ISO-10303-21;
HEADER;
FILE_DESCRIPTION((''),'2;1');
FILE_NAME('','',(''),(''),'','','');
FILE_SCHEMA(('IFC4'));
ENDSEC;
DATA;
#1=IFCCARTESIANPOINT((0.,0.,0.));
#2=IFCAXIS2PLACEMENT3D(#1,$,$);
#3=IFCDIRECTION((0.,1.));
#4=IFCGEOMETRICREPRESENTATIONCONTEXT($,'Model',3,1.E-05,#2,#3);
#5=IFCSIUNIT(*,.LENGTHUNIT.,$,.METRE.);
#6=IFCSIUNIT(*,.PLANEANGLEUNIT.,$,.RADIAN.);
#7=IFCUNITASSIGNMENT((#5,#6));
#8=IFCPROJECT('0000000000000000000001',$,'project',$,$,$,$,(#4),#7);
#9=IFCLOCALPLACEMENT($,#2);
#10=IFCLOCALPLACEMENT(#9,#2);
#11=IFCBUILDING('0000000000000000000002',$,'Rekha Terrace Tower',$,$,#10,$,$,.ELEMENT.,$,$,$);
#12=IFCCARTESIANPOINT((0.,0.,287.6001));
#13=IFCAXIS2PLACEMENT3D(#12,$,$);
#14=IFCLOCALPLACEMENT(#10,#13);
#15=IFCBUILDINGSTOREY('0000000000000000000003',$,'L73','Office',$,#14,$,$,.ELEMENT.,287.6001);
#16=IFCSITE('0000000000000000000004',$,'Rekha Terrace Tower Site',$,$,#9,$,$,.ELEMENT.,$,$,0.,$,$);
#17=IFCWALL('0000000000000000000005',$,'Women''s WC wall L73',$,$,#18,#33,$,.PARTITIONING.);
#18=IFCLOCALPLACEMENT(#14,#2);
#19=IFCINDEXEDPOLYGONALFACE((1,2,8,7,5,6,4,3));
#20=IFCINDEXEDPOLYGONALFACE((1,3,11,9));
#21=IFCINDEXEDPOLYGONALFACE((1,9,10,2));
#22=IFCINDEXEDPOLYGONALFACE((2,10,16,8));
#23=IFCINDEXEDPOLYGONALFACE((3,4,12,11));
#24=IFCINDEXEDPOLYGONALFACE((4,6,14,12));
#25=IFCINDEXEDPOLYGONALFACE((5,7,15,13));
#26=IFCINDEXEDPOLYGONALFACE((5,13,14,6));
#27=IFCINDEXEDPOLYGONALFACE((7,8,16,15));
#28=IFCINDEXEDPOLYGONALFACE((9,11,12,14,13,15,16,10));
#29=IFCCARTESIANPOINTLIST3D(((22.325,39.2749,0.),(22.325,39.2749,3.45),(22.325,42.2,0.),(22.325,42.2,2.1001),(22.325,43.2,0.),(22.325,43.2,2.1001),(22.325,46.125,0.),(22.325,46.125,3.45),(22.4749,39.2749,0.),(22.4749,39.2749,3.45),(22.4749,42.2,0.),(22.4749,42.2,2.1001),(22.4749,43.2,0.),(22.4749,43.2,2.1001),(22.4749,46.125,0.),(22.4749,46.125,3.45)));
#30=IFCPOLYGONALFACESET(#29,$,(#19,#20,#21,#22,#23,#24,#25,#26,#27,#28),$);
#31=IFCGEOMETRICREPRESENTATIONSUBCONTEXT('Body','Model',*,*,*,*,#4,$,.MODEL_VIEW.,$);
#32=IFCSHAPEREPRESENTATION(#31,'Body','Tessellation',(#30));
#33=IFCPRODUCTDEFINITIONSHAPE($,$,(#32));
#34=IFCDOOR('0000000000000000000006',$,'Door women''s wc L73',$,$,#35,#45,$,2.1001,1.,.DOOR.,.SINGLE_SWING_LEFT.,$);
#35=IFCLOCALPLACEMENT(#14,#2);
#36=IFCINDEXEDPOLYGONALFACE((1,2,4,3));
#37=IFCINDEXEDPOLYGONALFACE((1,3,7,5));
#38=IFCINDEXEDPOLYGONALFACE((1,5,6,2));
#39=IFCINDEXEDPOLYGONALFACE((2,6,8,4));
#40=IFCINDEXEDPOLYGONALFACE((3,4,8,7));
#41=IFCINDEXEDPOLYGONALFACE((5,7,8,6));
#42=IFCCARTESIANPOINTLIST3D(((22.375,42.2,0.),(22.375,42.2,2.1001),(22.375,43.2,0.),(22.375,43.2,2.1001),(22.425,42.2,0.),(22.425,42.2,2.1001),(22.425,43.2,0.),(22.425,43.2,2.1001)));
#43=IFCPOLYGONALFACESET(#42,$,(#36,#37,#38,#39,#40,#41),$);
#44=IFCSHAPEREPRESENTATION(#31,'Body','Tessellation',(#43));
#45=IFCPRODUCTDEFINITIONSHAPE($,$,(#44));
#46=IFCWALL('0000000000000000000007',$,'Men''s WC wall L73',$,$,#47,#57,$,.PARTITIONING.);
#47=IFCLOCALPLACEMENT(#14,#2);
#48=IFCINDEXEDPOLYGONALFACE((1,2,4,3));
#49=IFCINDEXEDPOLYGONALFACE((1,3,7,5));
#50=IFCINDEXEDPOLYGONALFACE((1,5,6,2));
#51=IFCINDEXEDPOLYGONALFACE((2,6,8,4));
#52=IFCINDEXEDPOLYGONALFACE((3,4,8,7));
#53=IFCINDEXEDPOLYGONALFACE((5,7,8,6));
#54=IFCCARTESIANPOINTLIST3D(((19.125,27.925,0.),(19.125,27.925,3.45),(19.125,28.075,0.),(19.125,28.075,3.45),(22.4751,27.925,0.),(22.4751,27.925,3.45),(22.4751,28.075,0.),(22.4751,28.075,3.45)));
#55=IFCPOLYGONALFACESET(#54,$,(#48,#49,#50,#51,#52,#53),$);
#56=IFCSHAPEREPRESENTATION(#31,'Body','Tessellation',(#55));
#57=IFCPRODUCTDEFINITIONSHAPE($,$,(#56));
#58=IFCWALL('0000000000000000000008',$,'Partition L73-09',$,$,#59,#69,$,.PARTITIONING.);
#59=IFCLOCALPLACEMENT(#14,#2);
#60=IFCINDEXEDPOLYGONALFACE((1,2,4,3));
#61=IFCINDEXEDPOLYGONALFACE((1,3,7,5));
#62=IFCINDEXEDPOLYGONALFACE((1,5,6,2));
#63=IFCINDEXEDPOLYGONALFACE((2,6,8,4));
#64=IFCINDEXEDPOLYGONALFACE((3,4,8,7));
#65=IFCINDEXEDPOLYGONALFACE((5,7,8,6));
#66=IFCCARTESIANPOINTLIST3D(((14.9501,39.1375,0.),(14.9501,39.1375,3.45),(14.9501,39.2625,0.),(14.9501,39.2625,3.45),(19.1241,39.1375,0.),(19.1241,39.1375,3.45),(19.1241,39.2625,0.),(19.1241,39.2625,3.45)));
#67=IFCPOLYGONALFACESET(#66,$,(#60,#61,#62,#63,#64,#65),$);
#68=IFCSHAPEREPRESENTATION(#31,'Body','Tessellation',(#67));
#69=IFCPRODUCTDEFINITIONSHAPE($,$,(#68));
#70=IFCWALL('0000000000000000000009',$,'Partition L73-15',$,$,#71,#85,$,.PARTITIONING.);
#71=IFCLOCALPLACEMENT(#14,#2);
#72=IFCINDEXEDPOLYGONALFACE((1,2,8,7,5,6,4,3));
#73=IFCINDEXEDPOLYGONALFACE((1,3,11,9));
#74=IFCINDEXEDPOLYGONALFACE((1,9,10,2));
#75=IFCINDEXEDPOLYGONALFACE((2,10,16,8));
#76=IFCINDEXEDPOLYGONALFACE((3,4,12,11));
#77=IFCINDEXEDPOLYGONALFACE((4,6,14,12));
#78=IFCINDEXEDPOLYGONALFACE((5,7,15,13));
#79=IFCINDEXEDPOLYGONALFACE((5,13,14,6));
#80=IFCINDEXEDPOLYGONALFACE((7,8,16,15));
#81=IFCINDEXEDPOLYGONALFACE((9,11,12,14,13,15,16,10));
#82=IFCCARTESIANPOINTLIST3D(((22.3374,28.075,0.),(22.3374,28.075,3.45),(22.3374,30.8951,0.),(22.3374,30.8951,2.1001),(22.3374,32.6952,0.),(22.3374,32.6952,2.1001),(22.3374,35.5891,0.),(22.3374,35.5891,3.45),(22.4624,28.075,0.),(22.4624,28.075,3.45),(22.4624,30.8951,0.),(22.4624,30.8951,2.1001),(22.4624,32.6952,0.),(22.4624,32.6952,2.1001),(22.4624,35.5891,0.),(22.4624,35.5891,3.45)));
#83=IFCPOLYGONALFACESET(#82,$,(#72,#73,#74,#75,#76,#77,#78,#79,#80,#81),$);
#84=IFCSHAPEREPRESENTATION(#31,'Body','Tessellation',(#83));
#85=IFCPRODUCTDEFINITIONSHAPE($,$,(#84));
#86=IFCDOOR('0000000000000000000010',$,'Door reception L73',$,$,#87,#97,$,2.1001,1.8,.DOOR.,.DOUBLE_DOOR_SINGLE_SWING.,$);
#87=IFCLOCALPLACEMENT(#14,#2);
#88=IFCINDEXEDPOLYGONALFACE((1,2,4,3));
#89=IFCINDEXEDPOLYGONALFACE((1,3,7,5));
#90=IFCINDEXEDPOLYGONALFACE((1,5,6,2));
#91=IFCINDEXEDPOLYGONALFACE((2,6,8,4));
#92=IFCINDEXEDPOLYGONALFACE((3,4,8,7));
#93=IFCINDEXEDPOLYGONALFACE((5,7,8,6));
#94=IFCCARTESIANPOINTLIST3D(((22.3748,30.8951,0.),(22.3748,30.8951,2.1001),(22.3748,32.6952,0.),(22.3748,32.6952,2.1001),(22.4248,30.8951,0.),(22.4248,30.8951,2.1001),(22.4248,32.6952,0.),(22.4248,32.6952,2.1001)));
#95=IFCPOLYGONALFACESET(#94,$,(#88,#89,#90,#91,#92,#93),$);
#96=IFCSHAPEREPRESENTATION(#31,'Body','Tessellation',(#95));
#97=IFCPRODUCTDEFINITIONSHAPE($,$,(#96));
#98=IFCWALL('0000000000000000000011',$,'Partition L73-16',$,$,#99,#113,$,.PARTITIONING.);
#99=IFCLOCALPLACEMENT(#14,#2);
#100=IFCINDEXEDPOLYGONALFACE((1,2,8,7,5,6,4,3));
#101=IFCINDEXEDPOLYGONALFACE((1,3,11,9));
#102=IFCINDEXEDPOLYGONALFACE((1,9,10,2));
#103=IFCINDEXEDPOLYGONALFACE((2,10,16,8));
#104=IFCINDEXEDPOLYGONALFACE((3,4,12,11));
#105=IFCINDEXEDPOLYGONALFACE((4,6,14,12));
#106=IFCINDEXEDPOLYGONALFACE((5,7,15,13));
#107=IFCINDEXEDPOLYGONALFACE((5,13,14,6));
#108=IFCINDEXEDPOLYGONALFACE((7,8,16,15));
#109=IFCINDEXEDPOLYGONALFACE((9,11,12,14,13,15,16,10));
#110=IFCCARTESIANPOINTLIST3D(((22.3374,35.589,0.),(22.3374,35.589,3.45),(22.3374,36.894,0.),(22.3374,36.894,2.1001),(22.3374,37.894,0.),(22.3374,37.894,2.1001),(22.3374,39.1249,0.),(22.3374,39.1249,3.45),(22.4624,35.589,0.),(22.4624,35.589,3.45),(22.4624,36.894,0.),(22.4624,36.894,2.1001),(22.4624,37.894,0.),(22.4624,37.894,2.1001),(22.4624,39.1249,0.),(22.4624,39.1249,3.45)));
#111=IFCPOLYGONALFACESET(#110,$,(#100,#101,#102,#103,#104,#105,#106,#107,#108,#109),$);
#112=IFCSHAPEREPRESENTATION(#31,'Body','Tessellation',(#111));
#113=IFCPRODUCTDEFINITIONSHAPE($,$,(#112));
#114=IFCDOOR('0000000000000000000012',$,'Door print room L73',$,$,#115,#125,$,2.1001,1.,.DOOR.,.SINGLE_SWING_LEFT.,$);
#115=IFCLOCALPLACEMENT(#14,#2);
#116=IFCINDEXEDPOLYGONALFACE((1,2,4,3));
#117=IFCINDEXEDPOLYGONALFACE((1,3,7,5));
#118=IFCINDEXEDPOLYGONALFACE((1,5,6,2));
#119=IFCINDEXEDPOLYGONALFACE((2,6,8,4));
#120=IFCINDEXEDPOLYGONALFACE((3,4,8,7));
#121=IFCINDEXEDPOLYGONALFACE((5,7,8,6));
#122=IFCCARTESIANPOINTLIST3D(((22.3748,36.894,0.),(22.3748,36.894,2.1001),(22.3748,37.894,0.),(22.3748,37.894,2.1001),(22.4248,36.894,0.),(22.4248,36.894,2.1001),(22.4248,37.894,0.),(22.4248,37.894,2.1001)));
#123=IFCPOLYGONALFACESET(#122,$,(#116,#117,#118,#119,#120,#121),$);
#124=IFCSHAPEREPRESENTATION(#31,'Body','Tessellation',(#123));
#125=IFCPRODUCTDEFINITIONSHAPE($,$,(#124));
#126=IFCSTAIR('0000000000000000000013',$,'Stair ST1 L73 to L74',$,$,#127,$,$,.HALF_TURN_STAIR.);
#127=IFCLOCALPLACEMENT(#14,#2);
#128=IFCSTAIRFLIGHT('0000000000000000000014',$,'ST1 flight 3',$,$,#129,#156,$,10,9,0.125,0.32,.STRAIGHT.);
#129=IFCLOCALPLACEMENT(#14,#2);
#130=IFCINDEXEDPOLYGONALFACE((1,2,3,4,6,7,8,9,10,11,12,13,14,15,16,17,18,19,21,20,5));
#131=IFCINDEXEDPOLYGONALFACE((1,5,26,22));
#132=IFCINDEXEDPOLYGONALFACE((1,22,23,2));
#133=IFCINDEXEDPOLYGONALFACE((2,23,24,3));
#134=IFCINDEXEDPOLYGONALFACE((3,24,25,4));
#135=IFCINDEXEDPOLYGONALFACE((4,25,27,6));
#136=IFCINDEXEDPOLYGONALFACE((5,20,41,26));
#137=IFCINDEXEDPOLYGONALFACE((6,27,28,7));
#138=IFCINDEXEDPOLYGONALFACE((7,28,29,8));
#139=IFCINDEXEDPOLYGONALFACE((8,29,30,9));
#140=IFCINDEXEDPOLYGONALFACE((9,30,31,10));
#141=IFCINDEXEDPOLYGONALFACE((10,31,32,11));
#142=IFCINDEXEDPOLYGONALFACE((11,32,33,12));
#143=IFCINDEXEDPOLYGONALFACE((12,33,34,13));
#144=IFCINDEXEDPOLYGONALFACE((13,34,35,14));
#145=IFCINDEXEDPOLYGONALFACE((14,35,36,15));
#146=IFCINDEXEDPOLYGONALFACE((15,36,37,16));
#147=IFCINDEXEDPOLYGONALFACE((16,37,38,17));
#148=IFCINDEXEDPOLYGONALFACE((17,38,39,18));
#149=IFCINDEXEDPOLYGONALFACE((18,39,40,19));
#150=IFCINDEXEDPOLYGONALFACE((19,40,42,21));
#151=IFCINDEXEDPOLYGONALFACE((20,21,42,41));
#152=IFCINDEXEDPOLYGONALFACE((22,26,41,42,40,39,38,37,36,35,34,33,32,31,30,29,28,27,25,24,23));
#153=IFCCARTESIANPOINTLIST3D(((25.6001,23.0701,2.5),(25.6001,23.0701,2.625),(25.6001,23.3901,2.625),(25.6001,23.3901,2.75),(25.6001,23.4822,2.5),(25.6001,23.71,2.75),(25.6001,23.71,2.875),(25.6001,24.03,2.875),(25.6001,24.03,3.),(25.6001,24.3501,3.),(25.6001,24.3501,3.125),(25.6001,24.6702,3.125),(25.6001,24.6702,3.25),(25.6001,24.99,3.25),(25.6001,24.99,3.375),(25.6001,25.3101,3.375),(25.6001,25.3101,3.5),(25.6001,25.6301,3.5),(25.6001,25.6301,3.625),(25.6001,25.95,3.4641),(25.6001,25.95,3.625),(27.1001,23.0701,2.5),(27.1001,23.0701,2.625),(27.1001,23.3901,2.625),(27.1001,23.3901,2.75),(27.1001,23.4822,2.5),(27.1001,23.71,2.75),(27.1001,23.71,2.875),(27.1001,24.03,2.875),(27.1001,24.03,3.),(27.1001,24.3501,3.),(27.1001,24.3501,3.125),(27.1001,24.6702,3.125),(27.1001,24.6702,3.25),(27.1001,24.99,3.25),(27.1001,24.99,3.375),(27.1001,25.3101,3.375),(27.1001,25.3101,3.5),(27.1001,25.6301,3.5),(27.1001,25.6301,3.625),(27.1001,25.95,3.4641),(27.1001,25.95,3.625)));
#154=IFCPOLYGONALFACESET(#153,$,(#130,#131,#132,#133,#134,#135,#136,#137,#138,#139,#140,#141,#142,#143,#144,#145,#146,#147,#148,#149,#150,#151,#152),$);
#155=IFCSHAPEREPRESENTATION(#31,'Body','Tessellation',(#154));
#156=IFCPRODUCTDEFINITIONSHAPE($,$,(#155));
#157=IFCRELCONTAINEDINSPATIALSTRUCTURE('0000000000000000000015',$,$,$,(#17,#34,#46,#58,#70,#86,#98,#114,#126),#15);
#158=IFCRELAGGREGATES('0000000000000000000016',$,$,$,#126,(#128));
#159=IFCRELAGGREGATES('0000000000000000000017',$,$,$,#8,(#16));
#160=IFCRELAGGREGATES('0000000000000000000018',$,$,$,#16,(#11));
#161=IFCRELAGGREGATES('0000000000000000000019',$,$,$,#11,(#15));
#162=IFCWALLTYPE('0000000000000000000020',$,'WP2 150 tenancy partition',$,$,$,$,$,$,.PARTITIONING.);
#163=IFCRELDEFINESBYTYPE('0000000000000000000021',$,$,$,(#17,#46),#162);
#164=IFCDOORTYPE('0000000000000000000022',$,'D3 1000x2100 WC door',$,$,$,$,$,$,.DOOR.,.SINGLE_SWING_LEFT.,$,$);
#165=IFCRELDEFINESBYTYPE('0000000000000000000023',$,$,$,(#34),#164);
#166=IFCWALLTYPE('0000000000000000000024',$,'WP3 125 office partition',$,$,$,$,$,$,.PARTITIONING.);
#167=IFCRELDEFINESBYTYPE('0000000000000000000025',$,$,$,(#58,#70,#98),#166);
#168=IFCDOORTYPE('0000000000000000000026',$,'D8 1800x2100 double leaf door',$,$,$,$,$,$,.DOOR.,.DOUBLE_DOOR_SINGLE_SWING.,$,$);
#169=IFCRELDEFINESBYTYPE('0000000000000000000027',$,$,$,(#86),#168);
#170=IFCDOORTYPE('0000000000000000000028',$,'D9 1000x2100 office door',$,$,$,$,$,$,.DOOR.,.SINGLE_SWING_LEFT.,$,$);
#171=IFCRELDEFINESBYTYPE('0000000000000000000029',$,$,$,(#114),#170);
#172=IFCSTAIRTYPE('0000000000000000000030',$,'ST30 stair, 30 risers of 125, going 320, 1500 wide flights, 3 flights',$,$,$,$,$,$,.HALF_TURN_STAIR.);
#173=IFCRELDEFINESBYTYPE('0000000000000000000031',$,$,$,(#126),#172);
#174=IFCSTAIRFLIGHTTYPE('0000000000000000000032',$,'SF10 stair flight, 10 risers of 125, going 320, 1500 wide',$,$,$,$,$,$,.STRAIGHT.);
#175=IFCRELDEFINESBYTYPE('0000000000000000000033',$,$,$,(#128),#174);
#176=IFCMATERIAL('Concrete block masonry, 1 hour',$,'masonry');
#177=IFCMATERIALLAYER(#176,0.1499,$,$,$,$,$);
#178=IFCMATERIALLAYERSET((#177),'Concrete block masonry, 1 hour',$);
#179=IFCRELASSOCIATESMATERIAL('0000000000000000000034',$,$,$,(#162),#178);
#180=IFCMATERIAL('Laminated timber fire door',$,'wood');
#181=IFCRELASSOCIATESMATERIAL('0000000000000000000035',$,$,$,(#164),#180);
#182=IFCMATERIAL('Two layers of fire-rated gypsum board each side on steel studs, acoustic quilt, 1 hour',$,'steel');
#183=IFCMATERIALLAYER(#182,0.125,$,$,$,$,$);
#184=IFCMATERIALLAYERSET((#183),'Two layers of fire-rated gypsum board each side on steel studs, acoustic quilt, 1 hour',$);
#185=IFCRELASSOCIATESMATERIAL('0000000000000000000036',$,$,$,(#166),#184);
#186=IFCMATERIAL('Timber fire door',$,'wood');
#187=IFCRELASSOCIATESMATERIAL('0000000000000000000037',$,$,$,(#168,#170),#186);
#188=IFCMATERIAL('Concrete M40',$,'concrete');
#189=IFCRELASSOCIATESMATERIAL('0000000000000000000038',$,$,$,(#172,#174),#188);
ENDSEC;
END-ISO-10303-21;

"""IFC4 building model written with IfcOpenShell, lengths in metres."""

from ifc_helpers import new_model, si_unit, direction, frame, frame_2d, origin, place, context, subcontext, project, spatial, polyline, rectangle, outline, extrude, material, layer, layer_set, type_object, element, fill, aggregate, save


model = new_model("IFC4")

# Units and contexts
model_context = context("Model", 3, precision=1e-05, world=origin(), true_north=direction((0.0, 1.0)))
body_context = subcontext(model_context, "Body", "Model", "MODEL_VIEW")
ifc_project = project(units=[si_unit("LENGTHUNIT", "METRE"), si_unit("PLANEANGLEUNIT", "RADIAN")], contexts=[model_context])

# Site, building, storey
site_placement = place(None, origin())
site = spatial("IfcSite", under=ifc_project, at=site_placement, Name="Rekha Terrace Tower Site", CompositionType="ELEMENT", RefElevation=0.0)
building_placement = place(site_placement, origin())
building = spatial("IfcBuilding", under=site, at=building_placement, Name="Rekha Terrace Tower", CompositionType="ELEMENT")
storey_placement = place(building_placement, frame((0.0, 0.0, 287.6001)))
storey = spatial("IfcBuildingStorey", under=building, at=storey_placement, Name="L73", Description="Office", CompositionType="ELEMENT", Elevation=287.6001)

# Shared definitions
ifc_material_1 = material(Name="Concrete block masonry, 1 hour", Category="masonry")
ifc_layer_1 = layer(ifc_material_1, 0.1499)
ifc_layer_set_1 = layer_set([ifc_layer_1], Name="Concrete block masonry, 1 hour")
wall_type_1 = type_object("IfcWallType", Name="WP2 150 tenancy partition", PredefinedType="PARTITIONING", material=ifc_layer_set_1)

# Wall, opening, door
wall_1_placement = place(storey_placement, frame((22.3999, 39.2749, 0.0), z_axis=(0.0, 0.0, 1.0), x_axis=(0.0, 1.0, 0.0)))
wall_1 = element("IfcWall", 1, at=wall_1_placement, inside=storey, type_object=wall_type_1, Name="Women's WC wall L73", PredefinedType="PARTITIONING", context=body_context, shape_type="SweptSolid", body=[
    extrude(rectangle(XDim=6.8501, YDim=0.1499, at=frame_2d((3.425, 0.0))), origin(), (0.0, 0.0, 1.0), 3.45),
])
opening_1_placement = place(wall_1_placement, frame((2.925, 0.0, 0.0)))
opening_1 = element("IfcOpeningElement", 2, at=opening_1_placement, cuts=wall_1, PredefinedType="OPENING", context=body_context, shape_type="SweptSolid", body=[
    extrude(rectangle(XDim=1.0, YDim=2.1001, at=frame_2d((0.5, 1.05))), frame((0.0, 0.085, 0.0), z_axis=(0.0, -1.0, 0.0), x_axis=(1.0, 0.0, 0.0)), (0.0, 0.0, 1.0), 0.1699),
])
ifc_material_2 = material(Name="Laminated timber fire door", Category="wood")
door_type_1 = type_object("IfcDoorType", Name="D3 1000x2100 WC door", OperationType="SINGLE_SWING_LEFT", PredefinedType="DOOR", material=ifc_material_2)
door_1_placement = place(opening_1_placement, origin())
door_1 = element("IfcDoor", 3, at=door_1_placement, inside=storey, type_object=door_type_1, Name="Door women's wc L73", OperationType="SINGLE_SWING_LEFT", OverallHeight=2.1001, OverallWidth=1.0, PredefinedType="DOOR", context=body_context, shape_type="SweptSolid", body=[
    extrude(rectangle(XDim=1.0, YDim=2.1001, at=frame_2d((0.5, 1.05))), frame((0.0, 0.0249, 0.0), z_axis=(0.0, -1.0, 0.0), x_axis=(1.0, 0.0, 0.0)), (0.0, 0.0, 1.0), 0.05),
])
fill(opening_1, door_1)

# Walls
wall_2_placement = place(storey_placement, frame((19.125, 28.0, 0.0), z_axis=(0.0, 0.0, 1.0), x_axis=(1.0, 0.0, 0.0)))
element("IfcWall", 4, at=wall_2_placement, inside=storey, type_object=wall_type_1, Name="Men's WC wall L73", PredefinedType="PARTITIONING", context=body_context, shape_type="SweptSolid", body=[
    extrude(rectangle(XDim=3.3501, YDim=0.1499, at=frame_2d((1.675, 0.0))), origin(), (0.0, 0.0, 1.0), 3.45),
])
ifc_material_3 = material(Name="Two layers of fire-rated gypsum board each side on steel studs, acoustic quilt, 1 hour", Category="steel")
ifc_layer_2 = layer(ifc_material_3, 0.125)
ifc_layer_set_2 = layer_set([ifc_layer_2], Name="Two layers of fire-rated gypsum board each side on steel studs, acoustic quilt, 1 hour")
wall_type_2 = type_object("IfcWallType", Name="WP3 125 office partition", PredefinedType="PARTITIONING", material=ifc_layer_set_2)
wall_3_placement = place(storey_placement, frame((19.124, 39.2, 0.0), z_axis=(0.0, 0.0, 1.0), x_axis=(-1.0, 0.0, 0.0)))
element("IfcWall", 5, at=wall_3_placement, inside=storey, type_object=wall_type_2, Name="Partition L73-09", PredefinedType="PARTITIONING", context=body_context, shape_type="SweptSolid", body=[
    extrude(rectangle(XDim=4.1741, YDim=0.125, at=frame_2d((2.0869, 0.0))), origin(), (0.0, 0.0, 1.0), 3.45),
])

# Walls, openings, doors
wall_4_placement = place(storey_placement, frame((22.3999, 35.5891, 0.0), z_axis=(0.0, 0.0, 1.0), x_axis=(0.0, -1.0, 0.0)))
wall_4 = element("IfcWall", 6, at=wall_4_placement, inside=storey, type_object=wall_type_2, Name="Partition L73-15", PredefinedType="PARTITIONING", context=body_context, shape_type="SweptSolid", body=[
    extrude(rectangle(XDim=7.5142, YDim=0.125, at=frame_2d((3.7571, 0.0))), origin(), (0.0, 0.0, 1.0), 3.45),
])
opening_2_placement = place(wall_4_placement, frame((2.894, 0.0, 0.0)))
opening_2 = element("IfcOpeningElement", 7, at=opening_2_placement, cuts=wall_4, PredefinedType="OPENING", context=body_context, shape_type="SweptSolid", body=[
    extrude(rectangle(XDim=1.8, YDim=2.1001, at=frame_2d((0.8999, 1.05))), frame((0.0, 0.0725, 0.0), z_axis=(0.0, -1.0, 0.0), x_axis=(1.0, 0.0, 0.0)), (0.0, 0.0, 1.0), 0.145),
])
ifc_material_4 = material(Name="Timber fire door", Category="wood")
door_type_2 = type_object("IfcDoorType", Name="D8 1800x2100 double leaf door", OperationType="DOUBLE_DOOR_SINGLE_SWING", PredefinedType="DOOR", material=ifc_material_4)
door_2_placement = place(opening_2_placement, origin())
door_2 = element("IfcDoor", 8, at=door_2_placement, inside=storey, type_object=door_type_2, Name="Door reception L73", OperationType="DOUBLE_DOOR_SINGLE_SWING", OverallHeight=2.1001, OverallWidth=1.8, PredefinedType="DOOR", context=body_context, shape_type="SweptSolid", body=[
    extrude(rectangle(XDim=1.8, YDim=2.1001, at=frame_2d((0.8999, 1.05))), frame((0.0, 0.0249, 0.0), z_axis=(0.0, -1.0, 0.0), x_axis=(1.0, 0.0, 0.0)), (0.0, 0.0, 1.0), 0.05),
])
fill(opening_2, door_2)
wall_5_placement = place(storey_placement, frame((22.3999, 39.125, 0.0), z_axis=(0.0, 0.0, 1.0), x_axis=(0.0, -1.0, 0.0)))
wall_5 = element("IfcWall", 9, at=wall_5_placement, inside=storey, type_object=wall_type_2, Name="Partition L73-16", PredefinedType="PARTITIONING", context=body_context, shape_type="SweptSolid", body=[
    extrude(rectangle(XDim=3.5359, YDim=0.125, at=frame_2d((1.7681, 0.0))), origin(), (0.0, 0.0, 1.0), 3.45),
])
opening_3_placement = place(wall_5_placement, frame((1.231, 0.0, 0.0)))
opening_3 = element("IfcOpeningElement", 10, at=opening_3_placement, cuts=wall_5, PredefinedType="OPENING", context=body_context, shape_type="SweptSolid", body=[
    extrude(rectangle(XDim=1.0, YDim=2.1001, at=frame_2d((0.5, 1.05))), frame((0.0, 0.0725, 0.0), z_axis=(0.0, -1.0, 0.0), x_axis=(1.0, 0.0, 0.0)), (0.0, 0.0, 1.0), 0.145),
])
door_type_3 = type_object("IfcDoorType", Name="D9 1000x2100 office door", OperationType="SINGLE_SWING_LEFT", PredefinedType="DOOR", material=ifc_material_4)
door_3_placement = place(opening_3_placement, origin())
door_3 = element("IfcDoor", 11, at=door_3_placement, inside=storey, type_object=door_type_3, Name="Door print room L73", OperationType="SINGLE_SWING_LEFT", OverallHeight=2.1001, OverallWidth=1.0, PredefinedType="DOOR", context=body_context, shape_type="SweptSolid", body=[
    extrude(rectangle(XDim=1.0, YDim=2.1001, at=frame_2d((0.5, 1.05))), frame((0.0, 0.0249, 0.0), z_axis=(0.0, -1.0, 0.0), x_axis=(1.0, 0.0, 0.0)), (0.0, 0.0, 1.0), 0.05),
])
fill(opening_3, door_3)

# Stair, stair flight
ifc_material_5 = material(Name="Concrete M40", Category="concrete")
stair_type = type_object("IfcStairType", Name="ST30 stair, 30 risers of 125, going 320, 1500 wide flights, 3 flights", PredefinedType="HALF_TURN_STAIR", material=ifc_material_5)
stair_placement = place(storey_placement, origin())
stair = element("IfcStair", 12, at=stair_placement, inside=storey, type_object=stair_type, Name="Stair ST1 L73 to L74", PredefinedType="HALF_TURN_STAIR")
stair_flight_type = type_object("IfcStairFlightType", Name="SF10 stair flight, 10 risers of 125, going 320, 1500 wide", PredefinedType="STRAIGHT", material=ifc_material_5)
stair_flight_placement = place(storey_placement, frame((26.3501, 23.0701, 2.5), z_axis=(0.0, 0.0, 1.0), x_axis=(0.0, 1.0, 0.0)))
stair_flight = element("IfcStairFlight", 13, at=stair_flight_placement, type_object=stair_flight_type, Name="ST1 flight 3", NumberOfRisers=10, NumberOfTreads=9, PredefinedType="STRAIGHT", RiserHeight=0.125, TreadLength=0.32, context=body_context, shape_type="SweptSolid", body=[
    extrude(outline(polyline([(0.0, 0.0), (0.0, 0.125), (0.3201, 0.125), (0.3201, 0.25), (0.6399, 0.25), (0.6399, 0.375), (0.96, 0.375), (0.96, 0.5), (1.28, 0.5), (1.28, 0.625), (1.6001, 0.625), (1.6001, 0.75), (1.9199, 0.75), (1.9199, 0.875), (2.24, 0.875), (2.24, 1.0), (2.5601, 1.0), (2.5601, 1.125), (2.8799, 1.125), (2.8799, 1.25), (2.8799, 0.9641), (0.4121, 0.0), (0.0, 0.0)])), frame((0.0, 0.75, 0.0), z_axis=(0.0, -1.0, 0.0), x_axis=(1.0, 0.0, 0.0)), (0.0, 0.0, 1.0), 1.5),
])
aggregate(stair, [stair_flight])

save(model, "model.ifc")
